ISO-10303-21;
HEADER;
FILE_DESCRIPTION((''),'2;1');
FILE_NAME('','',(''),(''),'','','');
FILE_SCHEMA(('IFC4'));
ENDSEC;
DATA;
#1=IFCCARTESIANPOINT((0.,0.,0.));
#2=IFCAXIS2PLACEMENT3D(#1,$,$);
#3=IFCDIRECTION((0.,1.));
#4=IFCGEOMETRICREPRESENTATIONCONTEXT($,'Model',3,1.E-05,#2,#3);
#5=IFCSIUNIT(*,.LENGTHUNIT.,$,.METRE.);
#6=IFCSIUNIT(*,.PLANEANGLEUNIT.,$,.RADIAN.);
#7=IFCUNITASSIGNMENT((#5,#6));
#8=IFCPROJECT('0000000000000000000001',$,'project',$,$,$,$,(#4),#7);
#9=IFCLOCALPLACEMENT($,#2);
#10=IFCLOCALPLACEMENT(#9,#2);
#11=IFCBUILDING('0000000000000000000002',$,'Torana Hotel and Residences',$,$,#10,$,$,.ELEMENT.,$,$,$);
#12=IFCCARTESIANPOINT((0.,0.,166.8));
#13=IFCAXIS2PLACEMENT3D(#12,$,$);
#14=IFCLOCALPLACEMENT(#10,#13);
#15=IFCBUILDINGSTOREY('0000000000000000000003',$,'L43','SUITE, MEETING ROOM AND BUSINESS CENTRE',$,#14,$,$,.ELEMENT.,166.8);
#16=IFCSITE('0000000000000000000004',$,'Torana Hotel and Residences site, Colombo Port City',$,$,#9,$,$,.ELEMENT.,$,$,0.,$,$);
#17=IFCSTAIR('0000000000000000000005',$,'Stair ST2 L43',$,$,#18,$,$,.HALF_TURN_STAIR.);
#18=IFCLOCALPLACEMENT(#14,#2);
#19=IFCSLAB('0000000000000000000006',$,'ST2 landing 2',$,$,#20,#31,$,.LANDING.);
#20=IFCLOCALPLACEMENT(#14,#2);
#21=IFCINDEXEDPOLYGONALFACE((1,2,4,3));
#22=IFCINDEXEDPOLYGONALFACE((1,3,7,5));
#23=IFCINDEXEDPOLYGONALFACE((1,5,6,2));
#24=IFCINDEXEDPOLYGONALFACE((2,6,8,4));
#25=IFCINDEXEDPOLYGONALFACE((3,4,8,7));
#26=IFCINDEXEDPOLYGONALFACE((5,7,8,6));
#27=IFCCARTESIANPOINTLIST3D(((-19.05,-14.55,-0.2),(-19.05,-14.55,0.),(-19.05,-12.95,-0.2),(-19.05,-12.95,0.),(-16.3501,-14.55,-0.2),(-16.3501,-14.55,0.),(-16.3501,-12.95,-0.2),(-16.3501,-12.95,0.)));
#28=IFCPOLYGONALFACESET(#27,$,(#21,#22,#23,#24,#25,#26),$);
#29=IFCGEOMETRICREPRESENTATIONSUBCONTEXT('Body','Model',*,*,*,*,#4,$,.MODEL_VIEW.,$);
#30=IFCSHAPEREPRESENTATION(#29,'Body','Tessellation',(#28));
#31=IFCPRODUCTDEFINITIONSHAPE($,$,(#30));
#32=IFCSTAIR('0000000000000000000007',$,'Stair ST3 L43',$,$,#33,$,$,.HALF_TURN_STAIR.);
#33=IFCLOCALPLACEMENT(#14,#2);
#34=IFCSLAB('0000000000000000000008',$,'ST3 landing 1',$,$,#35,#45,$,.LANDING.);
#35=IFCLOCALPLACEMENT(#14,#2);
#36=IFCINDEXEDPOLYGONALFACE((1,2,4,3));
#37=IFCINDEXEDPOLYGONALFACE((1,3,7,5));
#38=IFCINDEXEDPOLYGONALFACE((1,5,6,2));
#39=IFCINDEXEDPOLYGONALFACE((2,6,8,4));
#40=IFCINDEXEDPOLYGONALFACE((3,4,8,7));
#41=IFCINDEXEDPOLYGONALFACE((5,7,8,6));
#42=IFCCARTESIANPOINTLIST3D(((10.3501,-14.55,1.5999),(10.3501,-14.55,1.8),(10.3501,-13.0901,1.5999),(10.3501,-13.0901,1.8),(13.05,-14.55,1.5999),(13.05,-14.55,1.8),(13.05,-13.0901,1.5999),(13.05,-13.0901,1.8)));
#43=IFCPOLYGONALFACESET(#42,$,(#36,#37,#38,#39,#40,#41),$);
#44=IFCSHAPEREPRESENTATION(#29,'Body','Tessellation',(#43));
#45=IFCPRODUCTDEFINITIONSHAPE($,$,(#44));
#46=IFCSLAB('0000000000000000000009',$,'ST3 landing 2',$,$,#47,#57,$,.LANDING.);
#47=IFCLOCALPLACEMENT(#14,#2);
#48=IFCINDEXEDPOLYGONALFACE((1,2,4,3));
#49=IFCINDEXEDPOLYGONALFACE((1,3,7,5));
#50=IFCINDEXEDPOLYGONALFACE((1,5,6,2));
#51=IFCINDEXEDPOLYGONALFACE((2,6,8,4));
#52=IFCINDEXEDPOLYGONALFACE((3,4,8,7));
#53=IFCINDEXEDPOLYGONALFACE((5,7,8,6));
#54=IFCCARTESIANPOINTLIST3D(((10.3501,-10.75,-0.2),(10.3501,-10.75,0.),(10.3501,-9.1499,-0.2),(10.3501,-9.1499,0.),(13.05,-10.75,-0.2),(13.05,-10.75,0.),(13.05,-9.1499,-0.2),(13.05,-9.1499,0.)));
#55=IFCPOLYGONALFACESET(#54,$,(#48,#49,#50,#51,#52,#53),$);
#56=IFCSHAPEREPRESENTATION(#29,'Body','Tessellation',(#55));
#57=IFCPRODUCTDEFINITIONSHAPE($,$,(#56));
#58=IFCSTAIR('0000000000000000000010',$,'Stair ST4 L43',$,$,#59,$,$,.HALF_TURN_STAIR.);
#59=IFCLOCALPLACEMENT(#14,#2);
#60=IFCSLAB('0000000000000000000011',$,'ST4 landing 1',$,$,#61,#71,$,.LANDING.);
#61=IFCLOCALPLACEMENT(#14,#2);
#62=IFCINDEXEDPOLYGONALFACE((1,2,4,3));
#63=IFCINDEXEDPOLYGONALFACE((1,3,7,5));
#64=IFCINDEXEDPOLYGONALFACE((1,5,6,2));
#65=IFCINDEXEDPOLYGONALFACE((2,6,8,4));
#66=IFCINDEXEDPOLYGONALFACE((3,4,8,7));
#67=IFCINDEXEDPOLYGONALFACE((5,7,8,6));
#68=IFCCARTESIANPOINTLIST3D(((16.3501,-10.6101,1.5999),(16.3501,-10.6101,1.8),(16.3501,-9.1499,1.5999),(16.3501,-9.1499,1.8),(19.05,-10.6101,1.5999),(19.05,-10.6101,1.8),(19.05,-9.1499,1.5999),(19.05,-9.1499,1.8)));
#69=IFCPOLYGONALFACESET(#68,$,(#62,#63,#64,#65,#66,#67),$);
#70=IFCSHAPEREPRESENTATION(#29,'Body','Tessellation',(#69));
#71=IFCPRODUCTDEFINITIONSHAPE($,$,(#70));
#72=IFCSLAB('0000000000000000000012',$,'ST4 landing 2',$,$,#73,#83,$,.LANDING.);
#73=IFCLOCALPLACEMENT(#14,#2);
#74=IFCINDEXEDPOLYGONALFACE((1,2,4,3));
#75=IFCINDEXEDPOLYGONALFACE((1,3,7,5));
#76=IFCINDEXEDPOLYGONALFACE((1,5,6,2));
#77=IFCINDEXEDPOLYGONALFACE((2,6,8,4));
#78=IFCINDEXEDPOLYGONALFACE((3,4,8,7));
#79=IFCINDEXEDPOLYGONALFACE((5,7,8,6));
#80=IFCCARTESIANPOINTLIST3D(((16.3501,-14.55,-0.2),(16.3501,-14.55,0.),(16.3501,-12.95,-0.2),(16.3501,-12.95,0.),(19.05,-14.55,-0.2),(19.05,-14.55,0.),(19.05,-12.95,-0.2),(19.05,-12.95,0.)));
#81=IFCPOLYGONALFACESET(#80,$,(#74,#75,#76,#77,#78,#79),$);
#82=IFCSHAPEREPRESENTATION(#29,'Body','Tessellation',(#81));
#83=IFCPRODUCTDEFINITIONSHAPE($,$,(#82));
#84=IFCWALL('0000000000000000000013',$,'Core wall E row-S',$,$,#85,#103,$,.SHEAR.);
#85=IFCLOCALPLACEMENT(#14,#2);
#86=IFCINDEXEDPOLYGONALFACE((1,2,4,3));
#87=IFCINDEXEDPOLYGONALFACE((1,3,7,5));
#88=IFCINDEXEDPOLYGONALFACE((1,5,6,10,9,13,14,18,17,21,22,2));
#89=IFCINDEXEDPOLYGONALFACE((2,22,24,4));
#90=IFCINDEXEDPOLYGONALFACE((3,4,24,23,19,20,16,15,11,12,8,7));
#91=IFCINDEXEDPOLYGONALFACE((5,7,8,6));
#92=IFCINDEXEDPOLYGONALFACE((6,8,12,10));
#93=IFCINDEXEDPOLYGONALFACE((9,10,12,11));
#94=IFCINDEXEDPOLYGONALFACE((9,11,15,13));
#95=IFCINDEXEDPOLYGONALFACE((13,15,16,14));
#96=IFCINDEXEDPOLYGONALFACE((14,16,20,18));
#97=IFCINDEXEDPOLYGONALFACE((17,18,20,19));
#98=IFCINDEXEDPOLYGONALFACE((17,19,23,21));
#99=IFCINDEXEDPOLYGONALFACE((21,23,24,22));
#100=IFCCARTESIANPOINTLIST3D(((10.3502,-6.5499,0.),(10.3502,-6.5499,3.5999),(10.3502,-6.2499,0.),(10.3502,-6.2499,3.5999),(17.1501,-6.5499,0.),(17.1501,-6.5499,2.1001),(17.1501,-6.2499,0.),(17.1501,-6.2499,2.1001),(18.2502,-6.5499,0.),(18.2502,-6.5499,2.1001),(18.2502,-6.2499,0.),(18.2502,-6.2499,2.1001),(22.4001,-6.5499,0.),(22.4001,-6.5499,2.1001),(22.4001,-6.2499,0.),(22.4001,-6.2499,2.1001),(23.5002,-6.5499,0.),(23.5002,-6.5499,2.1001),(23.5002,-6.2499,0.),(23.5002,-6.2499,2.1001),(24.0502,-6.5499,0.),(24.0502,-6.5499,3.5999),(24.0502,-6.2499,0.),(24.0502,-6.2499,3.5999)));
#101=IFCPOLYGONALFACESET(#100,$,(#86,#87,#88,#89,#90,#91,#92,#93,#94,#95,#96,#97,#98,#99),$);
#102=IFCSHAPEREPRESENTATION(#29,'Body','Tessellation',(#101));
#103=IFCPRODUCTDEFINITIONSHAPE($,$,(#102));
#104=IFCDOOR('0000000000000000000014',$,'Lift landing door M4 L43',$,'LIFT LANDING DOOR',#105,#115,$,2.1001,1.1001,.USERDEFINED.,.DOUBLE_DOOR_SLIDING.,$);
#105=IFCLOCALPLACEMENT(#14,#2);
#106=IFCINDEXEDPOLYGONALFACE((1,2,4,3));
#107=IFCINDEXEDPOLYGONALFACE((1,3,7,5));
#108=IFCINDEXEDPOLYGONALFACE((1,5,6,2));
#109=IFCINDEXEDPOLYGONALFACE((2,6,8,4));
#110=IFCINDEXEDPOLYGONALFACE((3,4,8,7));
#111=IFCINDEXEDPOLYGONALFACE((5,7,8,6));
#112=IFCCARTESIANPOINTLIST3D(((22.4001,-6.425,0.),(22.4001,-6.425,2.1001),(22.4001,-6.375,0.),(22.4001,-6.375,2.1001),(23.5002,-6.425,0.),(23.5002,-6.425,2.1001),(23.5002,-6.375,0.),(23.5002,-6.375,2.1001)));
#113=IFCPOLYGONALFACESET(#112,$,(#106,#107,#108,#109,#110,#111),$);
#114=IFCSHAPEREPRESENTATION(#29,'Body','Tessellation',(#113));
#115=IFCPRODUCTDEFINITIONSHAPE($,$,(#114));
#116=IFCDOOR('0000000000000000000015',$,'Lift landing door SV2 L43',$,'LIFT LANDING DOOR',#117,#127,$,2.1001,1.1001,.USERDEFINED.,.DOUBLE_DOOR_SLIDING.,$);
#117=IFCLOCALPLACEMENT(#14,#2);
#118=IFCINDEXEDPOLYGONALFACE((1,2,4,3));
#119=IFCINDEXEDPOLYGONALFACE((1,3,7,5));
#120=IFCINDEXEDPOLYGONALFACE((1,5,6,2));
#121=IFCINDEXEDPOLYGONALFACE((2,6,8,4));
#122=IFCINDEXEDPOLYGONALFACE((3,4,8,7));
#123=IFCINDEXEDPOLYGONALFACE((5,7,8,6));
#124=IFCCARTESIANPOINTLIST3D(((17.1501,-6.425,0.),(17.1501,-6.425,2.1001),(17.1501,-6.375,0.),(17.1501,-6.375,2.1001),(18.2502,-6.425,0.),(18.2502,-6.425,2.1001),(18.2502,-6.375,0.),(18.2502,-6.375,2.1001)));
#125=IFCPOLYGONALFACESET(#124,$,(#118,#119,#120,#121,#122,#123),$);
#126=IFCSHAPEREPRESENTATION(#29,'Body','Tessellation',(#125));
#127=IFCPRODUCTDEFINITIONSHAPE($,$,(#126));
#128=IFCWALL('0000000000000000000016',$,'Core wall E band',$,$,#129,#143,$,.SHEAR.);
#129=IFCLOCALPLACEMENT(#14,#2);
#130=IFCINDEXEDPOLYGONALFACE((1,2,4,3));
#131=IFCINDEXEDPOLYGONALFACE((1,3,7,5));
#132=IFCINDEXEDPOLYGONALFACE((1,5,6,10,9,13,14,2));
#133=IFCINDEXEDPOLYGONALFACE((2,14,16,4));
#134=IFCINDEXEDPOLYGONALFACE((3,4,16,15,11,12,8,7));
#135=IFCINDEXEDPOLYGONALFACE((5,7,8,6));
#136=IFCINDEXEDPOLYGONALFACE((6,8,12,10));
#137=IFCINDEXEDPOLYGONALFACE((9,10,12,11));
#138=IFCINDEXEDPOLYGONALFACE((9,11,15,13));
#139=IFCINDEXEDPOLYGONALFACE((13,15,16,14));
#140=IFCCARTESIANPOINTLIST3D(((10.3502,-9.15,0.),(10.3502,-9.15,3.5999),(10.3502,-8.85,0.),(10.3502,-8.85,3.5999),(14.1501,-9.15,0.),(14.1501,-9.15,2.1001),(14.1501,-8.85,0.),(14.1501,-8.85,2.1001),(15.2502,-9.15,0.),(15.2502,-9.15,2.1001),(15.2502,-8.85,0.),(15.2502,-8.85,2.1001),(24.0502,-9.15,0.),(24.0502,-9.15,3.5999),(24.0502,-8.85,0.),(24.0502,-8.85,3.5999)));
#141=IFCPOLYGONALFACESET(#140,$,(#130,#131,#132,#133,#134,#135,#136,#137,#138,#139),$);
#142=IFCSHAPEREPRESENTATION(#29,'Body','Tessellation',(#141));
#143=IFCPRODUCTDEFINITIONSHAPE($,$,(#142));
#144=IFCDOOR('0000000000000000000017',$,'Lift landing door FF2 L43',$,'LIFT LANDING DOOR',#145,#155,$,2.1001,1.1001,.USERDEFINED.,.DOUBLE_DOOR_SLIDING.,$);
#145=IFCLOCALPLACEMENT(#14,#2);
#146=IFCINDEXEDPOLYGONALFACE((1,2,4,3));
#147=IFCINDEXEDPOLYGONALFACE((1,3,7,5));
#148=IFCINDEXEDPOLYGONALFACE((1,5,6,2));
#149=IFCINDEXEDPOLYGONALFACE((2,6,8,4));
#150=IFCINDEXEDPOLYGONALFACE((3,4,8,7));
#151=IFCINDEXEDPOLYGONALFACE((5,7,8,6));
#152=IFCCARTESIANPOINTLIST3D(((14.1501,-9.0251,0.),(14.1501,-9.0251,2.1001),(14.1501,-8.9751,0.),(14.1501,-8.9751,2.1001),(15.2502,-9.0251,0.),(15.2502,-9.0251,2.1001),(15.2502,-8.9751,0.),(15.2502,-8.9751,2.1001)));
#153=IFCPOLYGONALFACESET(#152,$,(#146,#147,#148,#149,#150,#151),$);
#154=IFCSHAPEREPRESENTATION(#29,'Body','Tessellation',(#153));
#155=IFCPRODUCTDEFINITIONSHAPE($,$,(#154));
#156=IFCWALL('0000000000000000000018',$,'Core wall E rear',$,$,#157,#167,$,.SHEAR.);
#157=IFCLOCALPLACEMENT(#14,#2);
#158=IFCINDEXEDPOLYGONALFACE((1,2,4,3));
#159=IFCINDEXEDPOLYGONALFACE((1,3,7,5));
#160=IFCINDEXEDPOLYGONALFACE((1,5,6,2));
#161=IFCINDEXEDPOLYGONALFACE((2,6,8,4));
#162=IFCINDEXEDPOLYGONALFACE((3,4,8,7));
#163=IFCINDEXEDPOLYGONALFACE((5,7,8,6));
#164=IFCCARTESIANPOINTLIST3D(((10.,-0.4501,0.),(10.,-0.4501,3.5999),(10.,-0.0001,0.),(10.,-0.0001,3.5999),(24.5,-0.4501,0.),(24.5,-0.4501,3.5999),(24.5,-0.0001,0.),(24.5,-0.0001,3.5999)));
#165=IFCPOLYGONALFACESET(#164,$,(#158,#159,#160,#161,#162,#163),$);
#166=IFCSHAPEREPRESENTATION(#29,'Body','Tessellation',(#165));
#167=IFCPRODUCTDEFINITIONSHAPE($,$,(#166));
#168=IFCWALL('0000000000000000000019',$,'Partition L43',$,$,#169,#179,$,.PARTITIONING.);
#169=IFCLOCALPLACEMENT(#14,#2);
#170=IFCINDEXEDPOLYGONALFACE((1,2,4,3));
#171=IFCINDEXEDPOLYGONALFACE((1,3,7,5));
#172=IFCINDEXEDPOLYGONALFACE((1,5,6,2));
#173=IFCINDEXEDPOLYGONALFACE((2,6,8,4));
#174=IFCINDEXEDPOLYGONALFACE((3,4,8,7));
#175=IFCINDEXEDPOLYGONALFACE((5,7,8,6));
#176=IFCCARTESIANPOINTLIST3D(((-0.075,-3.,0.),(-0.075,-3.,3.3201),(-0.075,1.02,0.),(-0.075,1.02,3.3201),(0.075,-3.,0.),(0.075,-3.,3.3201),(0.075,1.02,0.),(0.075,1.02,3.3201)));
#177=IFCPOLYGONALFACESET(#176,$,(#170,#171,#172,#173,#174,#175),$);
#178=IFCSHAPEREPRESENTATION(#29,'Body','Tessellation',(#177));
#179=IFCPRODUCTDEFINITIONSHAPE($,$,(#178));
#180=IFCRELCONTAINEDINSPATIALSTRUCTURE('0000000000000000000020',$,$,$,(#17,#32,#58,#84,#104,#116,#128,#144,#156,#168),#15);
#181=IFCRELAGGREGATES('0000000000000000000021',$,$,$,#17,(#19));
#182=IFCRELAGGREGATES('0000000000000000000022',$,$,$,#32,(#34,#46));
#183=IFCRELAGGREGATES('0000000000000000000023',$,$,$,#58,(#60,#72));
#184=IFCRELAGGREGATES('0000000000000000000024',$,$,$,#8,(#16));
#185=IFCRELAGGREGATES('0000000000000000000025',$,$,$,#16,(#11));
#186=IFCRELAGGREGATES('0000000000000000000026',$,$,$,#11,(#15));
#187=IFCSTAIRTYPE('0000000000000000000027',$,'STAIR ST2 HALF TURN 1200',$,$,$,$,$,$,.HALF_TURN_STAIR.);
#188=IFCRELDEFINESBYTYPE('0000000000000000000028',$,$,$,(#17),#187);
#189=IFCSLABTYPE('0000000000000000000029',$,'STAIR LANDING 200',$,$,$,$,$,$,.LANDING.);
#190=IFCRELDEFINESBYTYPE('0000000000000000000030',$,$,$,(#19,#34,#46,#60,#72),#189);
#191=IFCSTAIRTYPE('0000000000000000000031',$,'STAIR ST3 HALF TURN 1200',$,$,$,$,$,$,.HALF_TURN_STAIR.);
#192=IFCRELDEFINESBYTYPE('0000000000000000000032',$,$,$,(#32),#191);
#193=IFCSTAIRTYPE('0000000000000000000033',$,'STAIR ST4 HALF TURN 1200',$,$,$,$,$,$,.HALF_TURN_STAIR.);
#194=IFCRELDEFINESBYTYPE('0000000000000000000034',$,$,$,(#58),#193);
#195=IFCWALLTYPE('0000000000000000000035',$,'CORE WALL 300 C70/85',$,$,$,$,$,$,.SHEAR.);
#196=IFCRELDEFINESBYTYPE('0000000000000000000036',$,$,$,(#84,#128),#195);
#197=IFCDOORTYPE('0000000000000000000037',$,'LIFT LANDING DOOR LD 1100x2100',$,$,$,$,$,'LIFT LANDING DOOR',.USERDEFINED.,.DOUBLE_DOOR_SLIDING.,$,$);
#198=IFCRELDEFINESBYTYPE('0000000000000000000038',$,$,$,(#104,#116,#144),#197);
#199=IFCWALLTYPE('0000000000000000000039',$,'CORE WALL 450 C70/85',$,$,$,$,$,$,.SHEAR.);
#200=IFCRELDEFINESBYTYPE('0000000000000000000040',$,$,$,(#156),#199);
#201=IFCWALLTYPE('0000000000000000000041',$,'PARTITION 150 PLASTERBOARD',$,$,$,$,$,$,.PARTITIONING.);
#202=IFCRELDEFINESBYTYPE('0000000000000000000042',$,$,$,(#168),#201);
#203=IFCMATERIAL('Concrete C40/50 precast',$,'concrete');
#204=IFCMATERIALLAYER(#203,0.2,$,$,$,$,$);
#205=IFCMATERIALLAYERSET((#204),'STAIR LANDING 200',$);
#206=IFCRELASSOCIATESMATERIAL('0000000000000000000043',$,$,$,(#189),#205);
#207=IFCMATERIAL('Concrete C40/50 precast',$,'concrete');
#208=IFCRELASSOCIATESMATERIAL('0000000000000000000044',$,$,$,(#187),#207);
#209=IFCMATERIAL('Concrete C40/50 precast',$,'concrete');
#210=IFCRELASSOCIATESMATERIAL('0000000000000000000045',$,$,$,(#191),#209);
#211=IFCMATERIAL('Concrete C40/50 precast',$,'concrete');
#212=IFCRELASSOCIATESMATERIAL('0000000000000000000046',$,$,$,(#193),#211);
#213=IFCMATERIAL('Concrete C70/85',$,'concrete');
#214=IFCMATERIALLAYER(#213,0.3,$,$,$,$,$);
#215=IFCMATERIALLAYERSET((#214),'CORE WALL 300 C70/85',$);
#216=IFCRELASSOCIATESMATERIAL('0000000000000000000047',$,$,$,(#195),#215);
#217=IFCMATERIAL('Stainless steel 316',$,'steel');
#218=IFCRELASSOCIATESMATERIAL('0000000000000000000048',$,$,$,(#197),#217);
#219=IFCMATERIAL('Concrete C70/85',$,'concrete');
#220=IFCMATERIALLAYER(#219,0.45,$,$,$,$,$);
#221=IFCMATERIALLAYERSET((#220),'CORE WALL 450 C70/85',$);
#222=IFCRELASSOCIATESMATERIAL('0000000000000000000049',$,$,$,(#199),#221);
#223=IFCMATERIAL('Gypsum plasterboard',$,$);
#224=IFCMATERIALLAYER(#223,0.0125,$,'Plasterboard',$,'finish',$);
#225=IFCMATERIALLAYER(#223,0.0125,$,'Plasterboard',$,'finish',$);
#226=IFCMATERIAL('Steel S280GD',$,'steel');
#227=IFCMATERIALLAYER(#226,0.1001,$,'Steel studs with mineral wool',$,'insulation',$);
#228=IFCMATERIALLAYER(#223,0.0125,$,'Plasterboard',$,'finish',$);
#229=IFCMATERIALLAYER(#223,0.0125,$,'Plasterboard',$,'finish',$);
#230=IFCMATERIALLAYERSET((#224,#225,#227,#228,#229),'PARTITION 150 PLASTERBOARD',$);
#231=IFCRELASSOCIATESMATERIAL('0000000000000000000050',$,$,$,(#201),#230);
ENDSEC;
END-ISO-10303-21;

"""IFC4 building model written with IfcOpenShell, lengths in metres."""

from ifc_helpers import new_model, si_unit, direction, frame, frame_2d, origin, place, context, subcontext, project, spatial, polyline, rectangle, outline, extrude, material, layer, layer_set, type_object, element, fill, aggregate, save


model = new_model("IFC4")

# Units and contexts
model_context = context("Model", 3, precision=1e-05, world=origin(), true_north=direction((0.0, 1.0)))
body_context = subcontext(model_context, "Body", "Model", "MODEL_VIEW")
ifc_project = project(units=[si_unit("LENGTHUNIT", "METRE"), si_unit("PLANEANGLEUNIT", "RADIAN")], contexts=[model_context])

# Site, building, storey
site_placement = place(None, origin())
site = spatial("IfcSite", under=ifc_project, at=site_placement, Name="Torana Hotel and Residences site, Colombo Port City", CompositionType="ELEMENT", RefElevation=0.0)
building_placement = place(site_placement, origin())
building = spatial("IfcBuilding", under=site, at=building_placement, Name="Torana Hotel and Residences", CompositionType="ELEMENT")
storey_placement = place(building_placement, frame((0.0, 0.0, 166.8)))
storey = spatial("IfcBuildingStorey", under=building, at=storey_placement, Name="L43", Description="SUITE, MEETING ROOM AND BUSINESS CENTRE", CompositionType="ELEMENT", Elevation=166.8)

# Stairs, slabs
ifc_material_1 = material(Name="Concrete C40/50 precast", Category="concrete")
ifc_layer_1 = layer(ifc_material_1, 0.2)
ifc_layer_set_1 = layer_set([ifc_layer_1], Name="STAIR LANDING 200")
slab_type_1 = type_object("IfcSlabType", Name="STAIR LANDING 200", PredefinedType="LANDING", material=ifc_layer_set_1)
ifc_material_2 = material(Name="Concrete C40/50 precast", Category="concrete")
stair_type_1 = type_object("IfcStairType", Name="STAIR ST2 HALF TURN 1200", PredefinedType="HALF_TURN_STAIR", material=ifc_material_2)
stair_1_placement = place(storey_placement, origin())
stair_1 = element("IfcStair", 1, at=stair_1_placement, inside=storey, type_object=stair_type_1, Name="Stair ST2 L43", PredefinedType="HALF_TURN_STAIR")
slab_1_placement = place(storey_placement, frame((0.0, 0.0, -0.2)))
slab_1 = element("IfcSlab", 2, at=slab_1_placement, type_object=slab_type_1, Name="ST2 landing 2", PredefinedType="LANDING", context=body_context, shape_type="SweptSolid", body=[
    extrude(outline(polyline([(-19.05, -14.55), (-16.3501, -14.55), (-16.3501, -12.95), (-19.05, -12.95), (-19.05, -14.55)])), origin(), (0.0, 0.0, 1.0), 0.2),
])
aggregate(stair_1, [slab_1])
ifc_material_3 = material(Name="Concrete C40/50 precast", Category="concrete")
stair_type_2 = type_object("IfcStairType", Name="STAIR ST3 HALF TURN 1200", PredefinedType="HALF_TURN_STAIR", material=ifc_material_3)
stair_2_placement = place(storey_placement, origin())
stair_2 = element("IfcStair", 3, at=stair_2_placement, inside=storey, type_object=stair_type_2, Name="Stair ST3 L43", PredefinedType="HALF_TURN_STAIR")
slab_2_placement = place(storey_placement, frame((0.0, 0.0, 1.5999)))
slab_2 = element("IfcSlab", 4, at=slab_2_placement, type_object=slab_type_1, Name="ST3 landing 1", PredefinedType="LANDING", context=body_context, shape_type="SweptSolid", body=[
    extrude(outline(polyline([(10.3501, -14.55), (13.05, -14.55), (13.05, -13.0901), (10.3501, -13.0901), (10.3501, -14.55)])), origin(), (0.0, 0.0, 1.0), 0.2002),
])
slab_3_placement = place(storey_placement, frame((0.0, 0.0, -0.2)))
slab_3 = element("IfcSlab", 5, at=slab_3_placement, type_object=slab_type_1, Name="ST3 landing 2", PredefinedType="LANDING", context=body_context, shape_type="SweptSolid", body=[
    extrude(outline(polyline([(10.3501, -10.75), (13.05, -10.75), (13.05, -9.1499), (10.3501, -9.1499), (10.3501, -10.75)])), origin(), (0.0, 0.0, 1.0), 0.2),
])
aggregate(stair_2, [slab_2, slab_3])
ifc_material_4 = material(Name="Concrete C40/50 precast", Category="concrete")
stair_type_3 = type_object("IfcStairType", Name="STAIR ST4 HALF TURN 1200", PredefinedType="HALF_TURN_STAIR", material=ifc_material_4)
stair_3_placement = place(storey_placement, origin())
stair_3 = element("IfcStair", 6, at=stair_3_placement, inside=storey, type_object=stair_type_3, Name="Stair ST4 L43", PredefinedType="HALF_TURN_STAIR")
slab_4_placement = place(storey_placement, frame((0.0, 0.0, 1.5999)))
slab_4 = element("IfcSlab", 7, at=slab_4_placement, type_object=slab_type_1, Name="ST4 landing 1", PredefinedType="LANDING", context=body_context, shape_type="SweptSolid", body=[
    extrude(outline(polyline([(16.3501, -10.6101), (19.05, -10.6101), (19.05, -9.1499), (16.3501, -9.1499), (16.3501, -10.6101)])), origin(), (0.0, 0.0, 1.0), 0.2002),
])
slab_5_placement = place(storey_placement, frame((0.0, 0.0, -0.2)))
slab_5 = element("IfcSlab", 8, at=slab_5_placement, type_object=slab_type_1, Name="ST4 landing 2", PredefinedType="LANDING", context=body_context, shape_type="SweptSolid", body=[
    extrude(outline(polyline([(16.3501, -14.55), (19.05, -14.55), (19.05, -12.95), (16.3501, -12.95), (16.3501, -14.55)])), origin(), (0.0, 0.0, 1.0), 0.2),
])
aggregate(stair_3, [slab_4, slab_5])

# Wall, openings, doors
ifc_material_5 = material(Name="Concrete C70/85", Category="concrete")
ifc_layer_2 = layer(ifc_material_5, 0.3)
ifc_layer_set_2 = layer_set([ifc_layer_2], Name="CORE WALL 300 C70/85")
wall_type_1 = type_object("IfcWallType", Name="CORE WALL 300 C70/85", PredefinedType="SHEAR", material=ifc_layer_set_2)
wall_1_placement = place(storey_placement, frame((10.3501, -6.3999, 0.0), z_axis=(0.0, 0.0, 1.0), x_axis=(1.0, 0.0, 0.0)))
wall_1 = element("IfcWall", 9, at=wall_1_placement, inside=storey, type_object=wall_type_1, Name="Core wall E row-S", PredefinedType="SHEAR", context=body_context, shape_type="SweptSolid", body=[
    extrude(rectangle(XDim=13.7, YDim=0.3, at=frame_2d((6.8501, 0.0))), origin(), (0.0, 0.0, 1.0), 3.5999),
])
opening_1_placement = place(wall_1_placement, frame((12.05, 0.0, 0.0)))
opening_1 = element("IfcOpeningElement", 10, at=opening_1_placement, cuts=wall_1, PredefinedType="OPENING", context=body_context, shape_type="SweptSolid", body=[
    extrude(rectangle(XDim=1.1001, YDim=2.1001, at=frame_2d((0.55, 1.05))), frame((0.0, 0.1599, 0.0), z_axis=(0.0, -1.0, 0.0), x_axis=(1.0, 0.0, 0.0)), (0.0, 0.0, 1.0), 0.3201),
])
opening_2_placement = place(wall_1_placement, frame((6.8, 0.0, 0.0)))
opening_2 = element("IfcOpeningElement", 11, at=opening_2_placement, cuts=wall_1, PredefinedType="OPENING", context=body_context, shape_type="SweptSolid", body=[
    extrude(rectangle(XDim=1.1001, YDim=2.1001, at=frame_2d((0.55, 1.05))), frame((0.0, 0.1599, 0.0), z_axis=(0.0, -1.0, 0.0), x_axis=(1.0, 0.0, 0.0)), (0.0, 0.0, 1.0), 0.3201),
])
ifc_material_6 = material(Name="Stainless steel 316", Category="steel")
door_type = type_object("IfcDoorType", Name="LIFT LANDING DOOR LD 1100x2100", ElementType="LIFT LANDING DOOR", OperationType="DOUBLE_DOOR_SLIDING", PredefinedType="USERDEFINED", material=ifc_material_6)
door_1_placement = place(opening_1_placement, origin())
door_1 = element("IfcDoor", 12, at=door_1_placement, inside=storey, type_object=door_type, Name="Lift landing door M4 L43", ObjectType="LIFT LANDING DOOR", OperationType="DOUBLE_DOOR_SLIDING", OverallHeight=2.1001, OverallWidth=1.1001, PredefinedType="USERDEFINED", context=body_context, shape_type="SweptSolid", body=[
    extrude(rectangle(XDim=1.1001, YDim=2.1001, at=frame_2d((0.55, 1.05))), frame((0.0, 0.0249, 0.0), z_axis=(0.0, -1.0, 0.0), x_axis=(1.0, 0.0, 0.0)), (0.0, 0.0, 1.0), 0.05),
])
fill(opening_1, door_1)
door_2_placement = place(opening_2_placement, origin())
door_2 = element("IfcDoor", 13, at=door_2_placement, inside=storey, type_object=door_type, Name="Lift landing door SV2 L43", ObjectType="LIFT LANDING DOOR", OperationType="DOUBLE_DOOR_SLIDING", OverallHeight=2.1001, OverallWidth=1.1001, PredefinedType="USERDEFINED", context=body_context, shape_type="SweptSolid", body=[
    extrude(rectangle(XDim=1.1001, YDim=2.1001, at=frame_2d((0.55, 1.05))), frame((0.0, 0.0249, 0.0), z_axis=(0.0, -1.0, 0.0), x_axis=(1.0, 0.0, 0.0)), (0.0, 0.0, 1.0), 0.05),
])
fill(opening_2, door_2)

# Wall, opening, door
wall_2_placement = place(storey_placement, frame((10.3501, -9.0, 0.0), z_axis=(0.0, 0.0, 1.0), x_axis=(1.0, 0.0, 0.0)))
wall_2 = element("IfcWall", 14, at=wall_2_placement, inside=storey, type_object=wall_type_1, Name="Core wall E band", PredefinedType="SHEAR", context=body_context, shape_type="SweptSolid", body=[
    extrude(rectangle(XDim=13.7, YDim=0.3, at=frame_2d((6.8501, 0.0))), origin(), (0.0, 0.0, 1.0), 3.5999),
])
opening_3_placement = place(wall_2_placement, frame((3.8, 0.0, 0.0)))
opening_3 = element("IfcOpeningElement", 15, at=opening_3_placement, cuts=wall_2, PredefinedType="OPENING", context=body_context, shape_type="SweptSolid", body=[
    extrude(rectangle(XDim=1.1001, YDim=2.1001, at=frame_2d((0.55, 1.05))), frame((0.0, 0.1599, 0.0), z_axis=(0.0, -1.0, 0.0), x_axis=(1.0, 0.0, 0.0)), (0.0, 0.0, 1.0), 0.3201),
])
door_3_placement = place(opening_3_placement, origin())
door_3 = element("IfcDoor", 16, at=door_3_placement, inside=storey, type_object=door_type, Name="Lift landing door FF2 L43", ObjectType="LIFT LANDING DOOR", OperationType="DOUBLE_DOOR_SLIDING", OverallHeight=2.1001, OverallWidth=1.1001, PredefinedType="USERDEFINED", context=body_context, shape_type="SweptSolid", body=[
    extrude(rectangle(XDim=1.1001, YDim=2.1001, at=frame_2d((0.55, 1.05))), frame((0.0, 0.0249, 0.0), z_axis=(0.0, -1.0, 0.0), x_axis=(1.0, 0.0, 0.0)), (0.0, 0.0, 1.0), 0.05),
])
fill(opening_3, door_3)

# Walls
ifc_material_7 = material(Name="Concrete C70/85", Category="concrete")
ifc_layer_3 = layer(ifc_material_7, 0.45)
ifc_layer_set_3 = layer_set([ifc_layer_3], Name="CORE WALL 450 C70/85")
wall_type_2 = type_object("IfcWallType", Name="CORE WALL 450 C70/85", PredefinedType="SHEAR", material=ifc_layer_set_3)
wall_3_placement = place(storey_placement, frame((10.0, -0.2251, 0.0), z_axis=(0.0, 0.0, 1.0), x_axis=(1.0, 0.0, 0.0)))
element("IfcWall", 17, at=wall_3_placement, inside=storey, type_object=wall_type_2, Name="Core wall E rear", PredefinedType="SHEAR", context=body_context, shape_type="SweptSolid", body=[
    extrude(rectangle(XDim=14.5, YDim=0.45, at=frame_2d((7.25, 0.0))), origin(), (0.0, 0.0, 1.0), 3.5999),
])
ifc_material_8 = material(Name="Gypsum plasterboard")
ifc_layer_4 = layer(ifc_material_8, 0.0125, Name="Plasterboard", Category="finish")
ifc_layer_5 = layer(ifc_material_8, 0.0125, Name="Plasterboard", Category="finish")
ifc_material_9 = material(Name="Steel S280GD", Category="steel")
ifc_layer_6 = layer(ifc_material_9, 0.1001, Name="Steel studs with mineral wool", Category="insulation")
ifc_layer_7 = layer(ifc_material_8, 0.0125, Name="Plasterboard", Category="finish")
ifc_layer_8 = layer(ifc_material_8, 0.0125, Name="Plasterboard", Category="finish")
ifc_layer_set_4 = layer_set([ifc_layer_4, ifc_layer_5, ifc_layer_6, ifc_layer_7, ifc_layer_8], Name="PARTITION 150 PLASTERBOARD")
wall_type_3 = type_object("IfcWallType", Name="PARTITION 150 PLASTERBOARD", PredefinedType="PARTITIONING", material=ifc_layer_set_4)
wall_4_placement = place(storey_placement, frame((0.0, -3.0, 0.0), z_axis=(0.0, 0.0, 1.0), x_axis=(0.0, 1.0, 0.0)))
element("IfcWall", 18, at=wall_4_placement, inside=storey, type_object=wall_type_3, Name="Partition L43", PredefinedType="PARTITIONING", context=body_context, shape_type="SweptSolid", body=[
    extrude(rectangle(XDim=4.02, YDim=0.1499, at=frame_2d((2.01, 0.0))), origin(), (0.0, 0.0, 1.0), 3.3201),
])

save(model, "model.ifc")
